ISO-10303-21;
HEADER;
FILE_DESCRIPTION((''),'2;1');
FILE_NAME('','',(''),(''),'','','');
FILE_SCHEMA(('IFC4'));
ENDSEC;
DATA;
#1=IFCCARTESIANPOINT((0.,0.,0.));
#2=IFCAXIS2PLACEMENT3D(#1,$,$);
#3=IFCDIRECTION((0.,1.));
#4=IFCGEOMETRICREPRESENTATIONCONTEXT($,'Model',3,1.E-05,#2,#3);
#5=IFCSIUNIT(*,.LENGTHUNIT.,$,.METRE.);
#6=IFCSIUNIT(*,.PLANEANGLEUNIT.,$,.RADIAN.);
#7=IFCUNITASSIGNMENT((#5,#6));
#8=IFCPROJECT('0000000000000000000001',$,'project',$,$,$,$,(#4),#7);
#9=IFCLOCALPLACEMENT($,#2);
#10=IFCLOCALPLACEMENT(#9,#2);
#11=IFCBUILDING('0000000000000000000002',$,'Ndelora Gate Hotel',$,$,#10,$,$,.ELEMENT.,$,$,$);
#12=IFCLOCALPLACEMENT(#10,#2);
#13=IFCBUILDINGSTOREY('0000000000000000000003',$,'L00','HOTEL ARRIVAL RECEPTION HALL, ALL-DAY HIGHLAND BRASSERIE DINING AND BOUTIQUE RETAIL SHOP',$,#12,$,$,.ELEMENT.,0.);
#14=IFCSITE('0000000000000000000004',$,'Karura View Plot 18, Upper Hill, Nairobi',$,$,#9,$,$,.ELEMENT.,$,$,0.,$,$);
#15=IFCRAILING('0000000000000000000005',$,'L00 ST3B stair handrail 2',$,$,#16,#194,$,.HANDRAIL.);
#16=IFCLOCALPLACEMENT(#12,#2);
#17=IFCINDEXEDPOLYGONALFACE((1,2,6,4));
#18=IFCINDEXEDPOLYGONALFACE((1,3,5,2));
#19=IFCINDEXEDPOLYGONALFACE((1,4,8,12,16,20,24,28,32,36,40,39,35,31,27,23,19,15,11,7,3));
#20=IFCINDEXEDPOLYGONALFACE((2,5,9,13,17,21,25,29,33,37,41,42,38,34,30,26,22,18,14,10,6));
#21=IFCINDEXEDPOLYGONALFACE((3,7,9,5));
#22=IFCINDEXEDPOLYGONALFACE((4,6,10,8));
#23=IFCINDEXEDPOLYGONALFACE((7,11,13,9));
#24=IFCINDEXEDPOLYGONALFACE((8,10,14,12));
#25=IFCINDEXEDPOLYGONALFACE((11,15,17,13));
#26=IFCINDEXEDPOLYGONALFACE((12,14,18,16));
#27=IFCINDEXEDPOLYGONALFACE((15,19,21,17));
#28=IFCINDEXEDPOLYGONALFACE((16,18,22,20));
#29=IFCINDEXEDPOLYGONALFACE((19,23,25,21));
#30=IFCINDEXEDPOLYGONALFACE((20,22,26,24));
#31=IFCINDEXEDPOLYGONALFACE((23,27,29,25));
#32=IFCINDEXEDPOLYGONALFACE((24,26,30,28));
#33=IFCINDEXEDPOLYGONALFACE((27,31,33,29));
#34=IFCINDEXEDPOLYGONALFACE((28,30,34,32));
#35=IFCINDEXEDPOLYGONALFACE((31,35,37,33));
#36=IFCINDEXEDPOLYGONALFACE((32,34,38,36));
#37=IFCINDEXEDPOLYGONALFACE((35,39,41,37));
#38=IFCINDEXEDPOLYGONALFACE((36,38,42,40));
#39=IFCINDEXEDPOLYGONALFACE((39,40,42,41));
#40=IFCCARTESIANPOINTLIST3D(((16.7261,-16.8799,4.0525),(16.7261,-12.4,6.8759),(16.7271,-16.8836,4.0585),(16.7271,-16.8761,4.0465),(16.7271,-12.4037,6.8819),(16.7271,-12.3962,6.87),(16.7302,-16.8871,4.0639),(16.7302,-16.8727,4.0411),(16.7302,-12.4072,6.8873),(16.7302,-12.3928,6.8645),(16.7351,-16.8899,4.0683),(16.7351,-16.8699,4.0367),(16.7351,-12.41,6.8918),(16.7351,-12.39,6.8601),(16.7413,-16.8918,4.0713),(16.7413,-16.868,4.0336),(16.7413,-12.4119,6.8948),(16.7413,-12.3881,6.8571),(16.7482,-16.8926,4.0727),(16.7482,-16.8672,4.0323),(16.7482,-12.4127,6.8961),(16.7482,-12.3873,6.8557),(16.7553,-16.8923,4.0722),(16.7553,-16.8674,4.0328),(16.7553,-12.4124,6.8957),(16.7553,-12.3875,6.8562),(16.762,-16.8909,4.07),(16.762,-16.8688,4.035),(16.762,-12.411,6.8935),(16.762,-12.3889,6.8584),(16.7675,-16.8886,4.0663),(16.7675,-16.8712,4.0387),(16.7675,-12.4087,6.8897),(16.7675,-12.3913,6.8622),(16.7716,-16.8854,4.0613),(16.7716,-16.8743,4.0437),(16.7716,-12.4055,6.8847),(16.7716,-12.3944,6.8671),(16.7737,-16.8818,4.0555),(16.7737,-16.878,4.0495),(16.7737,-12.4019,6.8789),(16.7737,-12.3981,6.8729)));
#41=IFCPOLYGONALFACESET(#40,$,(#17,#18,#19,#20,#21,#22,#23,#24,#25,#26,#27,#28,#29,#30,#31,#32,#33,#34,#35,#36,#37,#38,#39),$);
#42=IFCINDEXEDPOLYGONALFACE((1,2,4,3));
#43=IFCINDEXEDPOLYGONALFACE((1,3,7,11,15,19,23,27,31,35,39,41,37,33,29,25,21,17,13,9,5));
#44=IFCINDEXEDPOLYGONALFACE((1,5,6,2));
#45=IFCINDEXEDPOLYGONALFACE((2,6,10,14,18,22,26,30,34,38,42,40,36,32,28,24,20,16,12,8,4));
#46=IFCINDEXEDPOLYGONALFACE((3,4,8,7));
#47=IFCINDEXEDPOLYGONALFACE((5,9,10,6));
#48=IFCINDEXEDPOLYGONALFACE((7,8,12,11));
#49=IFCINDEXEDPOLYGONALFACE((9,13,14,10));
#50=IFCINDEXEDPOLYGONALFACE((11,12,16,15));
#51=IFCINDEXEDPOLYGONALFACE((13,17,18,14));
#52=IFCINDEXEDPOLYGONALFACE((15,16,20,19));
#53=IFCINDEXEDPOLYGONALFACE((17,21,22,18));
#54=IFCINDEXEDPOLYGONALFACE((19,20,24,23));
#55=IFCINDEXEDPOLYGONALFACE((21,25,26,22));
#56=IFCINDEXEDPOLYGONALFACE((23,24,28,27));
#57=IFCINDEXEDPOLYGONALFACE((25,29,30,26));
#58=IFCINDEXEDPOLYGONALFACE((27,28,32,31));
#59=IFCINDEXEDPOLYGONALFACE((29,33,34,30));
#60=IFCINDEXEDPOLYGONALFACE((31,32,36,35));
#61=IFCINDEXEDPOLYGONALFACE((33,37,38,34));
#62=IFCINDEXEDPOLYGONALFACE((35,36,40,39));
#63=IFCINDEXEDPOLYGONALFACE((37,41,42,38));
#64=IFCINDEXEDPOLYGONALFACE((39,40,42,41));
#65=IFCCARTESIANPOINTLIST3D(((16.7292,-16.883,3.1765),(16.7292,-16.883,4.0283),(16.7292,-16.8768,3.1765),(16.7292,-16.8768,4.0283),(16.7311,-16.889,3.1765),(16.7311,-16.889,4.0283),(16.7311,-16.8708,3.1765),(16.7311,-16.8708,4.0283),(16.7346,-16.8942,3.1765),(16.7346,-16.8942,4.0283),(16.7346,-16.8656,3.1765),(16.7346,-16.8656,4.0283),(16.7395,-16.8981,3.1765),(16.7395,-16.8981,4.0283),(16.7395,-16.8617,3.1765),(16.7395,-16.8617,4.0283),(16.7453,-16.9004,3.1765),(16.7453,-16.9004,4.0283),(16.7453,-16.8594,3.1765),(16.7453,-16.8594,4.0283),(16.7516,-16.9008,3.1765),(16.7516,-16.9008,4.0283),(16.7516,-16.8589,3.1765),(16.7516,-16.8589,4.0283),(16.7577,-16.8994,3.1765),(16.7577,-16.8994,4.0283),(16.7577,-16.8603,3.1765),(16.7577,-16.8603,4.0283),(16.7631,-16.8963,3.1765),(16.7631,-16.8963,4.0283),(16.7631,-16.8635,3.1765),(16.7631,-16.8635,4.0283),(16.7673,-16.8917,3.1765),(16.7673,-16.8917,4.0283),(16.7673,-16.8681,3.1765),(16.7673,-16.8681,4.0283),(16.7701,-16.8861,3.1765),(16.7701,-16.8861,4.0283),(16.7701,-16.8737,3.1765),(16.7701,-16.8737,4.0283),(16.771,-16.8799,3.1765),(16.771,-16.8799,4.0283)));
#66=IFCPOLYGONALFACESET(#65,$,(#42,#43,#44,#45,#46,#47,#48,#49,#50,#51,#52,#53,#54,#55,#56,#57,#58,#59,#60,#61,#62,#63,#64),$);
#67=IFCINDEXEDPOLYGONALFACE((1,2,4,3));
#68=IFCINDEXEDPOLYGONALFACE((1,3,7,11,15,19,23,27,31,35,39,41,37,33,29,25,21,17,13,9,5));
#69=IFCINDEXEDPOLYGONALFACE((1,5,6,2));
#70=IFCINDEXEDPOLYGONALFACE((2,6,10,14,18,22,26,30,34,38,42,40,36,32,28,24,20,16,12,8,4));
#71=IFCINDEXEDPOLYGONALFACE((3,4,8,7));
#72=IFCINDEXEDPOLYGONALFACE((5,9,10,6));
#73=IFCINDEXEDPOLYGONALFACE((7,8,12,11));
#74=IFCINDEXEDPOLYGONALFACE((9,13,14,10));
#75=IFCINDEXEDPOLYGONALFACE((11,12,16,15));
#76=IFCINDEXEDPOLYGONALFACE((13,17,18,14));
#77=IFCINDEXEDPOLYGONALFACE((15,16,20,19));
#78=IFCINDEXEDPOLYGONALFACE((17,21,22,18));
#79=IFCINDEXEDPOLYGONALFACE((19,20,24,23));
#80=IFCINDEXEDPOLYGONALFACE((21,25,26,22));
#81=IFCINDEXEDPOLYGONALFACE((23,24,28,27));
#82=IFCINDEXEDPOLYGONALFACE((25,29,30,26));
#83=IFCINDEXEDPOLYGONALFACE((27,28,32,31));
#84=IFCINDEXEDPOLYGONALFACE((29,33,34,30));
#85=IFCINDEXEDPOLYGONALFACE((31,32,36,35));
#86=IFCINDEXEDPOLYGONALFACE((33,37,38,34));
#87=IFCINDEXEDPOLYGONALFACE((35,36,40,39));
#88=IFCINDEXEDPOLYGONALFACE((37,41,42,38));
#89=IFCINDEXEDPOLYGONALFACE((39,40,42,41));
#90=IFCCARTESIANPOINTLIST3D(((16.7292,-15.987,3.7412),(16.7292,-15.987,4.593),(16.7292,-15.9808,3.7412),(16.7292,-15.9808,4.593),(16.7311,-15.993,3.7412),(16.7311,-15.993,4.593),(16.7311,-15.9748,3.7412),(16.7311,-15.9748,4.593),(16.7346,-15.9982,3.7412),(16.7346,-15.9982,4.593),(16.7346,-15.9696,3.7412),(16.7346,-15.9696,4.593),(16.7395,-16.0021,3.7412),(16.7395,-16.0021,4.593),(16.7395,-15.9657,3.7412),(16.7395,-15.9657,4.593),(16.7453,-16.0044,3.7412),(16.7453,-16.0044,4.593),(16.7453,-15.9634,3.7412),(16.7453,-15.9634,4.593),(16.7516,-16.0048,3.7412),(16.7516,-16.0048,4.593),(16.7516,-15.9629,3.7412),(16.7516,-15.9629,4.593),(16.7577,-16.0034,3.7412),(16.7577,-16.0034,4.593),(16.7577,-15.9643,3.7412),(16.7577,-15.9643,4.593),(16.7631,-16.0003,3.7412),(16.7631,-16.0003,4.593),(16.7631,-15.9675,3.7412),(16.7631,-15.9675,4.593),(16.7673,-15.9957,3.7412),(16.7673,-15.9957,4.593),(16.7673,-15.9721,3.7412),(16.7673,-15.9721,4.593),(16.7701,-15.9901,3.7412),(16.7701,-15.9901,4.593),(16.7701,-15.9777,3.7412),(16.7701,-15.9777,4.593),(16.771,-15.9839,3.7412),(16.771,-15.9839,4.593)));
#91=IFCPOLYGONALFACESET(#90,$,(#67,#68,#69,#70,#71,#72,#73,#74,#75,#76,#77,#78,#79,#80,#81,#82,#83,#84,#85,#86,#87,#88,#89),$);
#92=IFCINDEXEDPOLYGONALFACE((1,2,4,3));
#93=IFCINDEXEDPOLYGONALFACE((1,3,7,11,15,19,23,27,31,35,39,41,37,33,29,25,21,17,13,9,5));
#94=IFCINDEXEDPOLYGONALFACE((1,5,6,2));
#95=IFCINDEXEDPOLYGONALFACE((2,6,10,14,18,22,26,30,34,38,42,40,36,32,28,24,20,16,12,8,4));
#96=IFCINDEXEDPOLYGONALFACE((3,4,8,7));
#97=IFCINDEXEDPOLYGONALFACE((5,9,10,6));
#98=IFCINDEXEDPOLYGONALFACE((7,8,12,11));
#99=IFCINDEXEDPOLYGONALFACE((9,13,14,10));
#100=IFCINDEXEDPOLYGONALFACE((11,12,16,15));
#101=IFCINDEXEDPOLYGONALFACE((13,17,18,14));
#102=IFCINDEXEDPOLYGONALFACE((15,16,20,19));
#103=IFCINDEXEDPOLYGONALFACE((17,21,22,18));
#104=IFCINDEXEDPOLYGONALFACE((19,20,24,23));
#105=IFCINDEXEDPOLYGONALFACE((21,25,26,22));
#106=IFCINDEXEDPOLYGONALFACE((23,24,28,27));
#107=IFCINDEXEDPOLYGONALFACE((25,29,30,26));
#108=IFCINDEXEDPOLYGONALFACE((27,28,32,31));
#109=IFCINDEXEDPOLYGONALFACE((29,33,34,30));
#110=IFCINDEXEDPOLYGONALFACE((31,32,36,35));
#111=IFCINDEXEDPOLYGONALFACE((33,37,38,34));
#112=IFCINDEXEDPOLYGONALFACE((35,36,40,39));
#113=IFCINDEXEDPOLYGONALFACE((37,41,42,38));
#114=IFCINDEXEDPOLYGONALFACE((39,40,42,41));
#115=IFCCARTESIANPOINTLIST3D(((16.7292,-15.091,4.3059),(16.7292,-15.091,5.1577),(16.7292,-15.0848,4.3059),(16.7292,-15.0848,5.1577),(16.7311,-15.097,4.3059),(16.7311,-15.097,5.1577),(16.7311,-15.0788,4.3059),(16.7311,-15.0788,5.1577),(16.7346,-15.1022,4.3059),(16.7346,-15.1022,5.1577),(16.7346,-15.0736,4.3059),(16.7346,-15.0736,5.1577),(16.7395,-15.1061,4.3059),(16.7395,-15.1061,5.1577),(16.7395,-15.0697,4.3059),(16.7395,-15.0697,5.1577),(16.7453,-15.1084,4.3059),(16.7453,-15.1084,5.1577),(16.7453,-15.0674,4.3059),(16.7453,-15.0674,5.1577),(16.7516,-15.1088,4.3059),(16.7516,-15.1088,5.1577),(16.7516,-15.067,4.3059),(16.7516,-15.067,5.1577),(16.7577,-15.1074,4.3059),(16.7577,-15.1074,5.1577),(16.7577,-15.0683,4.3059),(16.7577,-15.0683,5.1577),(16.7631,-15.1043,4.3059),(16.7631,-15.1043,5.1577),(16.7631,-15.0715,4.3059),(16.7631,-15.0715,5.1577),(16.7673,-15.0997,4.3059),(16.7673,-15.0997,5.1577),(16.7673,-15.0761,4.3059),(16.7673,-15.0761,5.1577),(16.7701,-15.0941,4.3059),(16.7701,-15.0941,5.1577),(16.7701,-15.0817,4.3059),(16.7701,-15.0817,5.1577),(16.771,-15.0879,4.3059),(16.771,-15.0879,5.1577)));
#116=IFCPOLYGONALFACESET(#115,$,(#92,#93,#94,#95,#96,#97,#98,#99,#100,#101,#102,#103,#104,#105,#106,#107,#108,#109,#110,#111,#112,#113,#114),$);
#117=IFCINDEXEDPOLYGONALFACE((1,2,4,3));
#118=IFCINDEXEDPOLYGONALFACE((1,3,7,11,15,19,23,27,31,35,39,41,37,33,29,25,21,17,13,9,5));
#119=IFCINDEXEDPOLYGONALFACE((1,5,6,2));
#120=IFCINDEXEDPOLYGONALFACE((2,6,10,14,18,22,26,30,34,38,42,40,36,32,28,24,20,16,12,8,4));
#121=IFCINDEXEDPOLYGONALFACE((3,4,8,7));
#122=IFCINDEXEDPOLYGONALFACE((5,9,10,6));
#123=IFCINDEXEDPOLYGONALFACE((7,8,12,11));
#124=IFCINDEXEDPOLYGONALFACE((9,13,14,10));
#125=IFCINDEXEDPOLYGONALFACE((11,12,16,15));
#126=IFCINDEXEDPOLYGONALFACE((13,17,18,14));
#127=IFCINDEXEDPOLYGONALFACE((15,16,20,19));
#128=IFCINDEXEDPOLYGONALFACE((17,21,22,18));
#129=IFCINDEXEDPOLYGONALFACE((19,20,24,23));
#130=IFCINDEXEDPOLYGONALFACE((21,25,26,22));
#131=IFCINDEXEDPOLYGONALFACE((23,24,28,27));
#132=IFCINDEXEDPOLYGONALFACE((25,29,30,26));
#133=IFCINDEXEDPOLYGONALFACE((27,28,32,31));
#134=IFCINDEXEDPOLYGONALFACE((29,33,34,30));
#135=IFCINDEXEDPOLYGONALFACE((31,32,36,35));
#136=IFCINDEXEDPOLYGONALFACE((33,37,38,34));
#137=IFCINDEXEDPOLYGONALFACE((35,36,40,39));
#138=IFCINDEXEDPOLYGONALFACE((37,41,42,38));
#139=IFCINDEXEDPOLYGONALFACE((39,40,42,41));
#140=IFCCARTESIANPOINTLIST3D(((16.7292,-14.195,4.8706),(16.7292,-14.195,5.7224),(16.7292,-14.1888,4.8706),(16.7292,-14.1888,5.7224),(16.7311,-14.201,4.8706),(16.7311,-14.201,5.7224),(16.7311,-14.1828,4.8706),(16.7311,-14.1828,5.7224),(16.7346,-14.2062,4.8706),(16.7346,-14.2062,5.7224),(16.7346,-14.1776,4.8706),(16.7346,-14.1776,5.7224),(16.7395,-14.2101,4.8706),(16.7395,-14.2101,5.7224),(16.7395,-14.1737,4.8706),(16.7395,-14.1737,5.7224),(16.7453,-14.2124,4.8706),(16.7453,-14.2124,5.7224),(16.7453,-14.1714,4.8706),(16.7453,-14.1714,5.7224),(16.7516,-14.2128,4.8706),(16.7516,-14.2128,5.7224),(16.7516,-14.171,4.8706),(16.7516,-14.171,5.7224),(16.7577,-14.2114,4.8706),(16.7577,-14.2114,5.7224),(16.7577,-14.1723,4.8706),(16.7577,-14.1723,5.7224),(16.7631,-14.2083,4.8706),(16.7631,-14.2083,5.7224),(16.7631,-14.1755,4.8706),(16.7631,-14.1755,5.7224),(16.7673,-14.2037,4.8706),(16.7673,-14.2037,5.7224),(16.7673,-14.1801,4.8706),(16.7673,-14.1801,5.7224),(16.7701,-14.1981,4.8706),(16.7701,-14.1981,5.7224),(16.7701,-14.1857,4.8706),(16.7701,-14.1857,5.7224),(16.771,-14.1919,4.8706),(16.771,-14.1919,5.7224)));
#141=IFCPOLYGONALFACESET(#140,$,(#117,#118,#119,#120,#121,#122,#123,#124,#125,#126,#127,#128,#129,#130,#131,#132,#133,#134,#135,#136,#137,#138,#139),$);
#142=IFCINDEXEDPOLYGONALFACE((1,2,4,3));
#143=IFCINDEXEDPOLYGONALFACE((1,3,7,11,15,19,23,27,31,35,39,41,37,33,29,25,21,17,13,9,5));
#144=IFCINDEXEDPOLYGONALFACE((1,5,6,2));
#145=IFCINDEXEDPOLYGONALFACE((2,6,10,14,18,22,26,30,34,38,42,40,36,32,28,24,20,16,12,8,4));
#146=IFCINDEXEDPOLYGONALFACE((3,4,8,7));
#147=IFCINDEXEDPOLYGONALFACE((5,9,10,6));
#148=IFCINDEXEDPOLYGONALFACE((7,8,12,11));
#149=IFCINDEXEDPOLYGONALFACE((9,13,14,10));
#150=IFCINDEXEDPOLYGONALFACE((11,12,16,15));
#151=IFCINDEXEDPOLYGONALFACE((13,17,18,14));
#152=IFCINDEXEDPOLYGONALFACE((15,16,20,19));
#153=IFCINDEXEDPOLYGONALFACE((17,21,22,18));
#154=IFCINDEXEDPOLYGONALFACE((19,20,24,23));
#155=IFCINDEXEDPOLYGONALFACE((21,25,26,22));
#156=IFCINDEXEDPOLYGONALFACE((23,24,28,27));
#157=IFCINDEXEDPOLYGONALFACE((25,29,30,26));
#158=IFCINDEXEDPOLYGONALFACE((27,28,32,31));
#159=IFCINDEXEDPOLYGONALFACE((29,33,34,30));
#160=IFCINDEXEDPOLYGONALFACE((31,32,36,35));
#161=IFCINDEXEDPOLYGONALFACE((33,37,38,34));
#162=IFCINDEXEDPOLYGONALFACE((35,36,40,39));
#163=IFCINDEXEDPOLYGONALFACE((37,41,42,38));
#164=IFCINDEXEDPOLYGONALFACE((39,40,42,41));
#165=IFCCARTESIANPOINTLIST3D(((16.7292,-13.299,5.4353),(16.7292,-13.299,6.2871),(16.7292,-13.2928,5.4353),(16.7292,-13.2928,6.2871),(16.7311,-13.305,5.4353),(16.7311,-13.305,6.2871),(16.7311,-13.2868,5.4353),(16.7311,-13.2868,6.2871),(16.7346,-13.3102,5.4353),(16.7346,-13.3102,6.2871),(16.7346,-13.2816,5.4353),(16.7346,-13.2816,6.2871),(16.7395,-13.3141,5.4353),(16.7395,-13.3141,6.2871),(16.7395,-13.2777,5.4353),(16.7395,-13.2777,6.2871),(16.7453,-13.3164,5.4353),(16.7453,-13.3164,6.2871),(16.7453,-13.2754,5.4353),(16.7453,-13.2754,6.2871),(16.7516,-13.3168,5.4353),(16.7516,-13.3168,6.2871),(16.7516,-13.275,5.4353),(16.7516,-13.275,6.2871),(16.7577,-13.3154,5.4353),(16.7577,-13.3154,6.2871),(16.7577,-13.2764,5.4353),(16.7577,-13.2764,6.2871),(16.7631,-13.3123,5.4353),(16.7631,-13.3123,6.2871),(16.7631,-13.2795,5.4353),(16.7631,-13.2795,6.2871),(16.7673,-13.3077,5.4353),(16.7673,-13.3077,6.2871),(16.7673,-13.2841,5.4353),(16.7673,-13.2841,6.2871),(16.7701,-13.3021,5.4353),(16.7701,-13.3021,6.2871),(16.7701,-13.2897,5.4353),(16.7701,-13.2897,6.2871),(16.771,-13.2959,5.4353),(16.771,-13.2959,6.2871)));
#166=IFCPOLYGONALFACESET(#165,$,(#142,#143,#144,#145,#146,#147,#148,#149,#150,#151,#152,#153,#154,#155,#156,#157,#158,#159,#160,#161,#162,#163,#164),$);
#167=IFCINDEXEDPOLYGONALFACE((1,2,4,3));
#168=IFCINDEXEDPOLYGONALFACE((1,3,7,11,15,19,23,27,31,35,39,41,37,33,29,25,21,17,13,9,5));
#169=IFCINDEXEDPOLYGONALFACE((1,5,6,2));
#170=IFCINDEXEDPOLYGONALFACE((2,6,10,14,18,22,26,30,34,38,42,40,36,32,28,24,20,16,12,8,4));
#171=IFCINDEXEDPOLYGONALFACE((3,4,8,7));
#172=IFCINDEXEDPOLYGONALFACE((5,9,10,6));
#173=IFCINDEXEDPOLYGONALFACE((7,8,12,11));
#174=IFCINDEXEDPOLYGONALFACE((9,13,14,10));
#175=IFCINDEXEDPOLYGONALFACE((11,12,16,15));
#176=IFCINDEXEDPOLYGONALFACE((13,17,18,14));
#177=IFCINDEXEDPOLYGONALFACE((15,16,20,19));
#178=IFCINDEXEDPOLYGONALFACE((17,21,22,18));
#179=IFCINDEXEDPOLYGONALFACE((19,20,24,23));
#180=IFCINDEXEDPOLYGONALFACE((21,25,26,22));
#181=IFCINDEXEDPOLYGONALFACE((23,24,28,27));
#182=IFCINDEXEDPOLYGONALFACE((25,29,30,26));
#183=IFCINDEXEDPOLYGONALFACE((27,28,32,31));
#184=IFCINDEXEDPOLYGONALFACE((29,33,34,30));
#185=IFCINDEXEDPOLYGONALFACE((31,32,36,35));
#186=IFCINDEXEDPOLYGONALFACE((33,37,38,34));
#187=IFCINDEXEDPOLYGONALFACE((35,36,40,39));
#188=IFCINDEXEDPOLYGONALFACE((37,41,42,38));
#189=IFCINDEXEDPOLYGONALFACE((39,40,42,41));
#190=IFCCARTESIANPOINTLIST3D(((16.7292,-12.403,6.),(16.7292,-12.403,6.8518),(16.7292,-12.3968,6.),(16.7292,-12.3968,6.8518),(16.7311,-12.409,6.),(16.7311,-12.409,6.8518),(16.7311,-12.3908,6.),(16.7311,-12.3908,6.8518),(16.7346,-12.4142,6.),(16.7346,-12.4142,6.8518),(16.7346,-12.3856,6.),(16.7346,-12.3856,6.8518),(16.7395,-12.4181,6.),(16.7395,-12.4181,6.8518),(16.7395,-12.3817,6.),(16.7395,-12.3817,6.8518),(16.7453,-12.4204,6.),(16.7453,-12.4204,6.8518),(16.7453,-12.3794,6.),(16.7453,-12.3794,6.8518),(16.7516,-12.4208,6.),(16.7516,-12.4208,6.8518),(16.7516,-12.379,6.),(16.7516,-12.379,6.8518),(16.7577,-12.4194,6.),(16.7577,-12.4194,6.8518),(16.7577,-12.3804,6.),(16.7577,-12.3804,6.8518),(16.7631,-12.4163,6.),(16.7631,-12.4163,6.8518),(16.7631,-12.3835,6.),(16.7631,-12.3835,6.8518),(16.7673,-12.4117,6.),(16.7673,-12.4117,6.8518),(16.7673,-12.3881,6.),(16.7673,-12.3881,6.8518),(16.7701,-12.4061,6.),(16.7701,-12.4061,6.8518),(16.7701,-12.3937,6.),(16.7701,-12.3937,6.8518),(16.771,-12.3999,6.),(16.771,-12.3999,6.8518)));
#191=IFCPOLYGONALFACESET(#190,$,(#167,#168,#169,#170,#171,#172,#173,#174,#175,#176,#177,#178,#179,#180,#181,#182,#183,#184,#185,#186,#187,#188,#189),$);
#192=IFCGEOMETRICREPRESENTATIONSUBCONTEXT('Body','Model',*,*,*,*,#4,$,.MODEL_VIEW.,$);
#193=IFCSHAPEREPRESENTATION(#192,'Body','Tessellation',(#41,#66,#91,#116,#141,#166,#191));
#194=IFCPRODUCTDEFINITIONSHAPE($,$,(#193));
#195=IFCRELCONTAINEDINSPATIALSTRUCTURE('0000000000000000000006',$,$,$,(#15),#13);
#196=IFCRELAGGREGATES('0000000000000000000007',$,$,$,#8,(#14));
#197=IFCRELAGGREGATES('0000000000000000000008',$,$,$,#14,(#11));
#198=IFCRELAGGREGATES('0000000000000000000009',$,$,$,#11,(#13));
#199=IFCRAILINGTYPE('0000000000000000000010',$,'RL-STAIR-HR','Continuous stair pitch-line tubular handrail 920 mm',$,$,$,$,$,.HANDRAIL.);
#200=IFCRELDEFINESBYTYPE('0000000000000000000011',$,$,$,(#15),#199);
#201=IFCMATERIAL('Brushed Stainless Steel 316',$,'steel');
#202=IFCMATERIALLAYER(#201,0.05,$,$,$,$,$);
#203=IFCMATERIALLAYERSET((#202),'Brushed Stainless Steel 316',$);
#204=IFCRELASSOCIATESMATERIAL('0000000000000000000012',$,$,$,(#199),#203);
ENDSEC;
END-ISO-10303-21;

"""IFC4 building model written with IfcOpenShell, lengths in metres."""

from ifc_helpers import new_model, si_unit, direction, frame, origin, origin_2d, place, context, subcontext, project, spatial, circle, extrude, material, layer, layer_set, type_object, element, save


model = new_model("IFC4")

# Units and contexts
model_context = context("Model", 3, precision=1e-05, world=origin(), true_north=direction((0.0, 1.0)))
body_context = subcontext(model_context, "Body", "Model", "MODEL_VIEW")
ifc_project = project(units=[si_unit("LENGTHUNIT", "METRE"), si_unit("PLANEANGLEUNIT", "RADIAN")], contexts=[model_context])

# Site, building, storey
site_placement = place(None, origin())
site = spatial("IfcSite", under=ifc_project, at=site_placement, Name="Karura View Plot 18, Upper Hill, Nairobi", CompositionType="ELEMENT", RefElevation=0.0)
building_placement = place(site_placement, origin())
building = spatial("IfcBuilding", under=site, at=building_placement, Name="Ndelora Gate Hotel", CompositionType="ELEMENT")
storey_placement = place(building_placement, origin())
storey = spatial("IfcBuildingStorey", under=building, at=storey_placement, Name="L00", Description="HOTEL ARRIVAL RECEPTION HALL, ALL-DAY HIGHLAND BRASSERIE DINING AND BOUTIQUE RETAIL SHOP", CompositionType="ELEMENT", Elevation=0.0)

# Railing
ifc_material_1 = material(Name="Brushed Stainless Steel 316", Category="steel")
ifc_layer_1 = layer(ifc_material_1, 0.05)
ifc_layer_set_1 = layer_set([ifc_layer_1], Name="Brushed Stainless Steel 316")
railing_type_1 = type_object("IfcRailingType", Name="RL-STAIR-HR", Description="Continuous stair pitch-line tubular handrail 920 mm", PredefinedType="HANDRAIL", material=ifc_layer_set_1)
railing_1_placement = place(storey_placement, frame((16.75, -16.8799, 3.1765)))
element("IfcRailing", 1, at=railing_1_placement, inside=storey, type_object=railing_type_1, Name="L00 ST3B stair handrail 2", PredefinedType="HANDRAIL", context=body_context, shape_type="SweptSolid", body=[
    extrude(circle(Radius=0.0239, at=origin_2d()), frame((0.0, 0.0, 0.876), z_axis=(0.0, 0.845998, 0.533186), x_axis=(-1.0, 0.0, 0.0)), (0.0, 0.0, 1.0), 5.2954),
    extrude(circle(Radius=0.021, at=origin_2d()), origin(), (0.0, 0.0, 1.0), 0.8518),
    extrude(circle(Radius=0.021, at=origin_2d()), frame((0.0, 0.896, 0.5647)), (0.0, 0.0, 1.0), 0.8518),
    extrude(circle(Radius=0.021, at=origin_2d()), frame((0.0, 1.792, 1.1294)), (0.0, 0.0, 1.0), 0.8518),
    extrude(circle(Radius=0.021, at=origin_2d()), frame((0.0, 2.688, 1.6941)), (0.0, 0.0, 1.0), 0.8518),
    extrude(circle(Radius=0.021, at=origin_2d()), frame((0.0, 3.584, 2.2588)), (0.0, 0.0, 1.0), 0.8518),
    extrude(circle(Radius=0.021, at=origin_2d()), frame((0.0, 4.48, 2.8235)), (0.0, 0.0, 1.0), 0.8518),
])

save(model, "model.ifc")
